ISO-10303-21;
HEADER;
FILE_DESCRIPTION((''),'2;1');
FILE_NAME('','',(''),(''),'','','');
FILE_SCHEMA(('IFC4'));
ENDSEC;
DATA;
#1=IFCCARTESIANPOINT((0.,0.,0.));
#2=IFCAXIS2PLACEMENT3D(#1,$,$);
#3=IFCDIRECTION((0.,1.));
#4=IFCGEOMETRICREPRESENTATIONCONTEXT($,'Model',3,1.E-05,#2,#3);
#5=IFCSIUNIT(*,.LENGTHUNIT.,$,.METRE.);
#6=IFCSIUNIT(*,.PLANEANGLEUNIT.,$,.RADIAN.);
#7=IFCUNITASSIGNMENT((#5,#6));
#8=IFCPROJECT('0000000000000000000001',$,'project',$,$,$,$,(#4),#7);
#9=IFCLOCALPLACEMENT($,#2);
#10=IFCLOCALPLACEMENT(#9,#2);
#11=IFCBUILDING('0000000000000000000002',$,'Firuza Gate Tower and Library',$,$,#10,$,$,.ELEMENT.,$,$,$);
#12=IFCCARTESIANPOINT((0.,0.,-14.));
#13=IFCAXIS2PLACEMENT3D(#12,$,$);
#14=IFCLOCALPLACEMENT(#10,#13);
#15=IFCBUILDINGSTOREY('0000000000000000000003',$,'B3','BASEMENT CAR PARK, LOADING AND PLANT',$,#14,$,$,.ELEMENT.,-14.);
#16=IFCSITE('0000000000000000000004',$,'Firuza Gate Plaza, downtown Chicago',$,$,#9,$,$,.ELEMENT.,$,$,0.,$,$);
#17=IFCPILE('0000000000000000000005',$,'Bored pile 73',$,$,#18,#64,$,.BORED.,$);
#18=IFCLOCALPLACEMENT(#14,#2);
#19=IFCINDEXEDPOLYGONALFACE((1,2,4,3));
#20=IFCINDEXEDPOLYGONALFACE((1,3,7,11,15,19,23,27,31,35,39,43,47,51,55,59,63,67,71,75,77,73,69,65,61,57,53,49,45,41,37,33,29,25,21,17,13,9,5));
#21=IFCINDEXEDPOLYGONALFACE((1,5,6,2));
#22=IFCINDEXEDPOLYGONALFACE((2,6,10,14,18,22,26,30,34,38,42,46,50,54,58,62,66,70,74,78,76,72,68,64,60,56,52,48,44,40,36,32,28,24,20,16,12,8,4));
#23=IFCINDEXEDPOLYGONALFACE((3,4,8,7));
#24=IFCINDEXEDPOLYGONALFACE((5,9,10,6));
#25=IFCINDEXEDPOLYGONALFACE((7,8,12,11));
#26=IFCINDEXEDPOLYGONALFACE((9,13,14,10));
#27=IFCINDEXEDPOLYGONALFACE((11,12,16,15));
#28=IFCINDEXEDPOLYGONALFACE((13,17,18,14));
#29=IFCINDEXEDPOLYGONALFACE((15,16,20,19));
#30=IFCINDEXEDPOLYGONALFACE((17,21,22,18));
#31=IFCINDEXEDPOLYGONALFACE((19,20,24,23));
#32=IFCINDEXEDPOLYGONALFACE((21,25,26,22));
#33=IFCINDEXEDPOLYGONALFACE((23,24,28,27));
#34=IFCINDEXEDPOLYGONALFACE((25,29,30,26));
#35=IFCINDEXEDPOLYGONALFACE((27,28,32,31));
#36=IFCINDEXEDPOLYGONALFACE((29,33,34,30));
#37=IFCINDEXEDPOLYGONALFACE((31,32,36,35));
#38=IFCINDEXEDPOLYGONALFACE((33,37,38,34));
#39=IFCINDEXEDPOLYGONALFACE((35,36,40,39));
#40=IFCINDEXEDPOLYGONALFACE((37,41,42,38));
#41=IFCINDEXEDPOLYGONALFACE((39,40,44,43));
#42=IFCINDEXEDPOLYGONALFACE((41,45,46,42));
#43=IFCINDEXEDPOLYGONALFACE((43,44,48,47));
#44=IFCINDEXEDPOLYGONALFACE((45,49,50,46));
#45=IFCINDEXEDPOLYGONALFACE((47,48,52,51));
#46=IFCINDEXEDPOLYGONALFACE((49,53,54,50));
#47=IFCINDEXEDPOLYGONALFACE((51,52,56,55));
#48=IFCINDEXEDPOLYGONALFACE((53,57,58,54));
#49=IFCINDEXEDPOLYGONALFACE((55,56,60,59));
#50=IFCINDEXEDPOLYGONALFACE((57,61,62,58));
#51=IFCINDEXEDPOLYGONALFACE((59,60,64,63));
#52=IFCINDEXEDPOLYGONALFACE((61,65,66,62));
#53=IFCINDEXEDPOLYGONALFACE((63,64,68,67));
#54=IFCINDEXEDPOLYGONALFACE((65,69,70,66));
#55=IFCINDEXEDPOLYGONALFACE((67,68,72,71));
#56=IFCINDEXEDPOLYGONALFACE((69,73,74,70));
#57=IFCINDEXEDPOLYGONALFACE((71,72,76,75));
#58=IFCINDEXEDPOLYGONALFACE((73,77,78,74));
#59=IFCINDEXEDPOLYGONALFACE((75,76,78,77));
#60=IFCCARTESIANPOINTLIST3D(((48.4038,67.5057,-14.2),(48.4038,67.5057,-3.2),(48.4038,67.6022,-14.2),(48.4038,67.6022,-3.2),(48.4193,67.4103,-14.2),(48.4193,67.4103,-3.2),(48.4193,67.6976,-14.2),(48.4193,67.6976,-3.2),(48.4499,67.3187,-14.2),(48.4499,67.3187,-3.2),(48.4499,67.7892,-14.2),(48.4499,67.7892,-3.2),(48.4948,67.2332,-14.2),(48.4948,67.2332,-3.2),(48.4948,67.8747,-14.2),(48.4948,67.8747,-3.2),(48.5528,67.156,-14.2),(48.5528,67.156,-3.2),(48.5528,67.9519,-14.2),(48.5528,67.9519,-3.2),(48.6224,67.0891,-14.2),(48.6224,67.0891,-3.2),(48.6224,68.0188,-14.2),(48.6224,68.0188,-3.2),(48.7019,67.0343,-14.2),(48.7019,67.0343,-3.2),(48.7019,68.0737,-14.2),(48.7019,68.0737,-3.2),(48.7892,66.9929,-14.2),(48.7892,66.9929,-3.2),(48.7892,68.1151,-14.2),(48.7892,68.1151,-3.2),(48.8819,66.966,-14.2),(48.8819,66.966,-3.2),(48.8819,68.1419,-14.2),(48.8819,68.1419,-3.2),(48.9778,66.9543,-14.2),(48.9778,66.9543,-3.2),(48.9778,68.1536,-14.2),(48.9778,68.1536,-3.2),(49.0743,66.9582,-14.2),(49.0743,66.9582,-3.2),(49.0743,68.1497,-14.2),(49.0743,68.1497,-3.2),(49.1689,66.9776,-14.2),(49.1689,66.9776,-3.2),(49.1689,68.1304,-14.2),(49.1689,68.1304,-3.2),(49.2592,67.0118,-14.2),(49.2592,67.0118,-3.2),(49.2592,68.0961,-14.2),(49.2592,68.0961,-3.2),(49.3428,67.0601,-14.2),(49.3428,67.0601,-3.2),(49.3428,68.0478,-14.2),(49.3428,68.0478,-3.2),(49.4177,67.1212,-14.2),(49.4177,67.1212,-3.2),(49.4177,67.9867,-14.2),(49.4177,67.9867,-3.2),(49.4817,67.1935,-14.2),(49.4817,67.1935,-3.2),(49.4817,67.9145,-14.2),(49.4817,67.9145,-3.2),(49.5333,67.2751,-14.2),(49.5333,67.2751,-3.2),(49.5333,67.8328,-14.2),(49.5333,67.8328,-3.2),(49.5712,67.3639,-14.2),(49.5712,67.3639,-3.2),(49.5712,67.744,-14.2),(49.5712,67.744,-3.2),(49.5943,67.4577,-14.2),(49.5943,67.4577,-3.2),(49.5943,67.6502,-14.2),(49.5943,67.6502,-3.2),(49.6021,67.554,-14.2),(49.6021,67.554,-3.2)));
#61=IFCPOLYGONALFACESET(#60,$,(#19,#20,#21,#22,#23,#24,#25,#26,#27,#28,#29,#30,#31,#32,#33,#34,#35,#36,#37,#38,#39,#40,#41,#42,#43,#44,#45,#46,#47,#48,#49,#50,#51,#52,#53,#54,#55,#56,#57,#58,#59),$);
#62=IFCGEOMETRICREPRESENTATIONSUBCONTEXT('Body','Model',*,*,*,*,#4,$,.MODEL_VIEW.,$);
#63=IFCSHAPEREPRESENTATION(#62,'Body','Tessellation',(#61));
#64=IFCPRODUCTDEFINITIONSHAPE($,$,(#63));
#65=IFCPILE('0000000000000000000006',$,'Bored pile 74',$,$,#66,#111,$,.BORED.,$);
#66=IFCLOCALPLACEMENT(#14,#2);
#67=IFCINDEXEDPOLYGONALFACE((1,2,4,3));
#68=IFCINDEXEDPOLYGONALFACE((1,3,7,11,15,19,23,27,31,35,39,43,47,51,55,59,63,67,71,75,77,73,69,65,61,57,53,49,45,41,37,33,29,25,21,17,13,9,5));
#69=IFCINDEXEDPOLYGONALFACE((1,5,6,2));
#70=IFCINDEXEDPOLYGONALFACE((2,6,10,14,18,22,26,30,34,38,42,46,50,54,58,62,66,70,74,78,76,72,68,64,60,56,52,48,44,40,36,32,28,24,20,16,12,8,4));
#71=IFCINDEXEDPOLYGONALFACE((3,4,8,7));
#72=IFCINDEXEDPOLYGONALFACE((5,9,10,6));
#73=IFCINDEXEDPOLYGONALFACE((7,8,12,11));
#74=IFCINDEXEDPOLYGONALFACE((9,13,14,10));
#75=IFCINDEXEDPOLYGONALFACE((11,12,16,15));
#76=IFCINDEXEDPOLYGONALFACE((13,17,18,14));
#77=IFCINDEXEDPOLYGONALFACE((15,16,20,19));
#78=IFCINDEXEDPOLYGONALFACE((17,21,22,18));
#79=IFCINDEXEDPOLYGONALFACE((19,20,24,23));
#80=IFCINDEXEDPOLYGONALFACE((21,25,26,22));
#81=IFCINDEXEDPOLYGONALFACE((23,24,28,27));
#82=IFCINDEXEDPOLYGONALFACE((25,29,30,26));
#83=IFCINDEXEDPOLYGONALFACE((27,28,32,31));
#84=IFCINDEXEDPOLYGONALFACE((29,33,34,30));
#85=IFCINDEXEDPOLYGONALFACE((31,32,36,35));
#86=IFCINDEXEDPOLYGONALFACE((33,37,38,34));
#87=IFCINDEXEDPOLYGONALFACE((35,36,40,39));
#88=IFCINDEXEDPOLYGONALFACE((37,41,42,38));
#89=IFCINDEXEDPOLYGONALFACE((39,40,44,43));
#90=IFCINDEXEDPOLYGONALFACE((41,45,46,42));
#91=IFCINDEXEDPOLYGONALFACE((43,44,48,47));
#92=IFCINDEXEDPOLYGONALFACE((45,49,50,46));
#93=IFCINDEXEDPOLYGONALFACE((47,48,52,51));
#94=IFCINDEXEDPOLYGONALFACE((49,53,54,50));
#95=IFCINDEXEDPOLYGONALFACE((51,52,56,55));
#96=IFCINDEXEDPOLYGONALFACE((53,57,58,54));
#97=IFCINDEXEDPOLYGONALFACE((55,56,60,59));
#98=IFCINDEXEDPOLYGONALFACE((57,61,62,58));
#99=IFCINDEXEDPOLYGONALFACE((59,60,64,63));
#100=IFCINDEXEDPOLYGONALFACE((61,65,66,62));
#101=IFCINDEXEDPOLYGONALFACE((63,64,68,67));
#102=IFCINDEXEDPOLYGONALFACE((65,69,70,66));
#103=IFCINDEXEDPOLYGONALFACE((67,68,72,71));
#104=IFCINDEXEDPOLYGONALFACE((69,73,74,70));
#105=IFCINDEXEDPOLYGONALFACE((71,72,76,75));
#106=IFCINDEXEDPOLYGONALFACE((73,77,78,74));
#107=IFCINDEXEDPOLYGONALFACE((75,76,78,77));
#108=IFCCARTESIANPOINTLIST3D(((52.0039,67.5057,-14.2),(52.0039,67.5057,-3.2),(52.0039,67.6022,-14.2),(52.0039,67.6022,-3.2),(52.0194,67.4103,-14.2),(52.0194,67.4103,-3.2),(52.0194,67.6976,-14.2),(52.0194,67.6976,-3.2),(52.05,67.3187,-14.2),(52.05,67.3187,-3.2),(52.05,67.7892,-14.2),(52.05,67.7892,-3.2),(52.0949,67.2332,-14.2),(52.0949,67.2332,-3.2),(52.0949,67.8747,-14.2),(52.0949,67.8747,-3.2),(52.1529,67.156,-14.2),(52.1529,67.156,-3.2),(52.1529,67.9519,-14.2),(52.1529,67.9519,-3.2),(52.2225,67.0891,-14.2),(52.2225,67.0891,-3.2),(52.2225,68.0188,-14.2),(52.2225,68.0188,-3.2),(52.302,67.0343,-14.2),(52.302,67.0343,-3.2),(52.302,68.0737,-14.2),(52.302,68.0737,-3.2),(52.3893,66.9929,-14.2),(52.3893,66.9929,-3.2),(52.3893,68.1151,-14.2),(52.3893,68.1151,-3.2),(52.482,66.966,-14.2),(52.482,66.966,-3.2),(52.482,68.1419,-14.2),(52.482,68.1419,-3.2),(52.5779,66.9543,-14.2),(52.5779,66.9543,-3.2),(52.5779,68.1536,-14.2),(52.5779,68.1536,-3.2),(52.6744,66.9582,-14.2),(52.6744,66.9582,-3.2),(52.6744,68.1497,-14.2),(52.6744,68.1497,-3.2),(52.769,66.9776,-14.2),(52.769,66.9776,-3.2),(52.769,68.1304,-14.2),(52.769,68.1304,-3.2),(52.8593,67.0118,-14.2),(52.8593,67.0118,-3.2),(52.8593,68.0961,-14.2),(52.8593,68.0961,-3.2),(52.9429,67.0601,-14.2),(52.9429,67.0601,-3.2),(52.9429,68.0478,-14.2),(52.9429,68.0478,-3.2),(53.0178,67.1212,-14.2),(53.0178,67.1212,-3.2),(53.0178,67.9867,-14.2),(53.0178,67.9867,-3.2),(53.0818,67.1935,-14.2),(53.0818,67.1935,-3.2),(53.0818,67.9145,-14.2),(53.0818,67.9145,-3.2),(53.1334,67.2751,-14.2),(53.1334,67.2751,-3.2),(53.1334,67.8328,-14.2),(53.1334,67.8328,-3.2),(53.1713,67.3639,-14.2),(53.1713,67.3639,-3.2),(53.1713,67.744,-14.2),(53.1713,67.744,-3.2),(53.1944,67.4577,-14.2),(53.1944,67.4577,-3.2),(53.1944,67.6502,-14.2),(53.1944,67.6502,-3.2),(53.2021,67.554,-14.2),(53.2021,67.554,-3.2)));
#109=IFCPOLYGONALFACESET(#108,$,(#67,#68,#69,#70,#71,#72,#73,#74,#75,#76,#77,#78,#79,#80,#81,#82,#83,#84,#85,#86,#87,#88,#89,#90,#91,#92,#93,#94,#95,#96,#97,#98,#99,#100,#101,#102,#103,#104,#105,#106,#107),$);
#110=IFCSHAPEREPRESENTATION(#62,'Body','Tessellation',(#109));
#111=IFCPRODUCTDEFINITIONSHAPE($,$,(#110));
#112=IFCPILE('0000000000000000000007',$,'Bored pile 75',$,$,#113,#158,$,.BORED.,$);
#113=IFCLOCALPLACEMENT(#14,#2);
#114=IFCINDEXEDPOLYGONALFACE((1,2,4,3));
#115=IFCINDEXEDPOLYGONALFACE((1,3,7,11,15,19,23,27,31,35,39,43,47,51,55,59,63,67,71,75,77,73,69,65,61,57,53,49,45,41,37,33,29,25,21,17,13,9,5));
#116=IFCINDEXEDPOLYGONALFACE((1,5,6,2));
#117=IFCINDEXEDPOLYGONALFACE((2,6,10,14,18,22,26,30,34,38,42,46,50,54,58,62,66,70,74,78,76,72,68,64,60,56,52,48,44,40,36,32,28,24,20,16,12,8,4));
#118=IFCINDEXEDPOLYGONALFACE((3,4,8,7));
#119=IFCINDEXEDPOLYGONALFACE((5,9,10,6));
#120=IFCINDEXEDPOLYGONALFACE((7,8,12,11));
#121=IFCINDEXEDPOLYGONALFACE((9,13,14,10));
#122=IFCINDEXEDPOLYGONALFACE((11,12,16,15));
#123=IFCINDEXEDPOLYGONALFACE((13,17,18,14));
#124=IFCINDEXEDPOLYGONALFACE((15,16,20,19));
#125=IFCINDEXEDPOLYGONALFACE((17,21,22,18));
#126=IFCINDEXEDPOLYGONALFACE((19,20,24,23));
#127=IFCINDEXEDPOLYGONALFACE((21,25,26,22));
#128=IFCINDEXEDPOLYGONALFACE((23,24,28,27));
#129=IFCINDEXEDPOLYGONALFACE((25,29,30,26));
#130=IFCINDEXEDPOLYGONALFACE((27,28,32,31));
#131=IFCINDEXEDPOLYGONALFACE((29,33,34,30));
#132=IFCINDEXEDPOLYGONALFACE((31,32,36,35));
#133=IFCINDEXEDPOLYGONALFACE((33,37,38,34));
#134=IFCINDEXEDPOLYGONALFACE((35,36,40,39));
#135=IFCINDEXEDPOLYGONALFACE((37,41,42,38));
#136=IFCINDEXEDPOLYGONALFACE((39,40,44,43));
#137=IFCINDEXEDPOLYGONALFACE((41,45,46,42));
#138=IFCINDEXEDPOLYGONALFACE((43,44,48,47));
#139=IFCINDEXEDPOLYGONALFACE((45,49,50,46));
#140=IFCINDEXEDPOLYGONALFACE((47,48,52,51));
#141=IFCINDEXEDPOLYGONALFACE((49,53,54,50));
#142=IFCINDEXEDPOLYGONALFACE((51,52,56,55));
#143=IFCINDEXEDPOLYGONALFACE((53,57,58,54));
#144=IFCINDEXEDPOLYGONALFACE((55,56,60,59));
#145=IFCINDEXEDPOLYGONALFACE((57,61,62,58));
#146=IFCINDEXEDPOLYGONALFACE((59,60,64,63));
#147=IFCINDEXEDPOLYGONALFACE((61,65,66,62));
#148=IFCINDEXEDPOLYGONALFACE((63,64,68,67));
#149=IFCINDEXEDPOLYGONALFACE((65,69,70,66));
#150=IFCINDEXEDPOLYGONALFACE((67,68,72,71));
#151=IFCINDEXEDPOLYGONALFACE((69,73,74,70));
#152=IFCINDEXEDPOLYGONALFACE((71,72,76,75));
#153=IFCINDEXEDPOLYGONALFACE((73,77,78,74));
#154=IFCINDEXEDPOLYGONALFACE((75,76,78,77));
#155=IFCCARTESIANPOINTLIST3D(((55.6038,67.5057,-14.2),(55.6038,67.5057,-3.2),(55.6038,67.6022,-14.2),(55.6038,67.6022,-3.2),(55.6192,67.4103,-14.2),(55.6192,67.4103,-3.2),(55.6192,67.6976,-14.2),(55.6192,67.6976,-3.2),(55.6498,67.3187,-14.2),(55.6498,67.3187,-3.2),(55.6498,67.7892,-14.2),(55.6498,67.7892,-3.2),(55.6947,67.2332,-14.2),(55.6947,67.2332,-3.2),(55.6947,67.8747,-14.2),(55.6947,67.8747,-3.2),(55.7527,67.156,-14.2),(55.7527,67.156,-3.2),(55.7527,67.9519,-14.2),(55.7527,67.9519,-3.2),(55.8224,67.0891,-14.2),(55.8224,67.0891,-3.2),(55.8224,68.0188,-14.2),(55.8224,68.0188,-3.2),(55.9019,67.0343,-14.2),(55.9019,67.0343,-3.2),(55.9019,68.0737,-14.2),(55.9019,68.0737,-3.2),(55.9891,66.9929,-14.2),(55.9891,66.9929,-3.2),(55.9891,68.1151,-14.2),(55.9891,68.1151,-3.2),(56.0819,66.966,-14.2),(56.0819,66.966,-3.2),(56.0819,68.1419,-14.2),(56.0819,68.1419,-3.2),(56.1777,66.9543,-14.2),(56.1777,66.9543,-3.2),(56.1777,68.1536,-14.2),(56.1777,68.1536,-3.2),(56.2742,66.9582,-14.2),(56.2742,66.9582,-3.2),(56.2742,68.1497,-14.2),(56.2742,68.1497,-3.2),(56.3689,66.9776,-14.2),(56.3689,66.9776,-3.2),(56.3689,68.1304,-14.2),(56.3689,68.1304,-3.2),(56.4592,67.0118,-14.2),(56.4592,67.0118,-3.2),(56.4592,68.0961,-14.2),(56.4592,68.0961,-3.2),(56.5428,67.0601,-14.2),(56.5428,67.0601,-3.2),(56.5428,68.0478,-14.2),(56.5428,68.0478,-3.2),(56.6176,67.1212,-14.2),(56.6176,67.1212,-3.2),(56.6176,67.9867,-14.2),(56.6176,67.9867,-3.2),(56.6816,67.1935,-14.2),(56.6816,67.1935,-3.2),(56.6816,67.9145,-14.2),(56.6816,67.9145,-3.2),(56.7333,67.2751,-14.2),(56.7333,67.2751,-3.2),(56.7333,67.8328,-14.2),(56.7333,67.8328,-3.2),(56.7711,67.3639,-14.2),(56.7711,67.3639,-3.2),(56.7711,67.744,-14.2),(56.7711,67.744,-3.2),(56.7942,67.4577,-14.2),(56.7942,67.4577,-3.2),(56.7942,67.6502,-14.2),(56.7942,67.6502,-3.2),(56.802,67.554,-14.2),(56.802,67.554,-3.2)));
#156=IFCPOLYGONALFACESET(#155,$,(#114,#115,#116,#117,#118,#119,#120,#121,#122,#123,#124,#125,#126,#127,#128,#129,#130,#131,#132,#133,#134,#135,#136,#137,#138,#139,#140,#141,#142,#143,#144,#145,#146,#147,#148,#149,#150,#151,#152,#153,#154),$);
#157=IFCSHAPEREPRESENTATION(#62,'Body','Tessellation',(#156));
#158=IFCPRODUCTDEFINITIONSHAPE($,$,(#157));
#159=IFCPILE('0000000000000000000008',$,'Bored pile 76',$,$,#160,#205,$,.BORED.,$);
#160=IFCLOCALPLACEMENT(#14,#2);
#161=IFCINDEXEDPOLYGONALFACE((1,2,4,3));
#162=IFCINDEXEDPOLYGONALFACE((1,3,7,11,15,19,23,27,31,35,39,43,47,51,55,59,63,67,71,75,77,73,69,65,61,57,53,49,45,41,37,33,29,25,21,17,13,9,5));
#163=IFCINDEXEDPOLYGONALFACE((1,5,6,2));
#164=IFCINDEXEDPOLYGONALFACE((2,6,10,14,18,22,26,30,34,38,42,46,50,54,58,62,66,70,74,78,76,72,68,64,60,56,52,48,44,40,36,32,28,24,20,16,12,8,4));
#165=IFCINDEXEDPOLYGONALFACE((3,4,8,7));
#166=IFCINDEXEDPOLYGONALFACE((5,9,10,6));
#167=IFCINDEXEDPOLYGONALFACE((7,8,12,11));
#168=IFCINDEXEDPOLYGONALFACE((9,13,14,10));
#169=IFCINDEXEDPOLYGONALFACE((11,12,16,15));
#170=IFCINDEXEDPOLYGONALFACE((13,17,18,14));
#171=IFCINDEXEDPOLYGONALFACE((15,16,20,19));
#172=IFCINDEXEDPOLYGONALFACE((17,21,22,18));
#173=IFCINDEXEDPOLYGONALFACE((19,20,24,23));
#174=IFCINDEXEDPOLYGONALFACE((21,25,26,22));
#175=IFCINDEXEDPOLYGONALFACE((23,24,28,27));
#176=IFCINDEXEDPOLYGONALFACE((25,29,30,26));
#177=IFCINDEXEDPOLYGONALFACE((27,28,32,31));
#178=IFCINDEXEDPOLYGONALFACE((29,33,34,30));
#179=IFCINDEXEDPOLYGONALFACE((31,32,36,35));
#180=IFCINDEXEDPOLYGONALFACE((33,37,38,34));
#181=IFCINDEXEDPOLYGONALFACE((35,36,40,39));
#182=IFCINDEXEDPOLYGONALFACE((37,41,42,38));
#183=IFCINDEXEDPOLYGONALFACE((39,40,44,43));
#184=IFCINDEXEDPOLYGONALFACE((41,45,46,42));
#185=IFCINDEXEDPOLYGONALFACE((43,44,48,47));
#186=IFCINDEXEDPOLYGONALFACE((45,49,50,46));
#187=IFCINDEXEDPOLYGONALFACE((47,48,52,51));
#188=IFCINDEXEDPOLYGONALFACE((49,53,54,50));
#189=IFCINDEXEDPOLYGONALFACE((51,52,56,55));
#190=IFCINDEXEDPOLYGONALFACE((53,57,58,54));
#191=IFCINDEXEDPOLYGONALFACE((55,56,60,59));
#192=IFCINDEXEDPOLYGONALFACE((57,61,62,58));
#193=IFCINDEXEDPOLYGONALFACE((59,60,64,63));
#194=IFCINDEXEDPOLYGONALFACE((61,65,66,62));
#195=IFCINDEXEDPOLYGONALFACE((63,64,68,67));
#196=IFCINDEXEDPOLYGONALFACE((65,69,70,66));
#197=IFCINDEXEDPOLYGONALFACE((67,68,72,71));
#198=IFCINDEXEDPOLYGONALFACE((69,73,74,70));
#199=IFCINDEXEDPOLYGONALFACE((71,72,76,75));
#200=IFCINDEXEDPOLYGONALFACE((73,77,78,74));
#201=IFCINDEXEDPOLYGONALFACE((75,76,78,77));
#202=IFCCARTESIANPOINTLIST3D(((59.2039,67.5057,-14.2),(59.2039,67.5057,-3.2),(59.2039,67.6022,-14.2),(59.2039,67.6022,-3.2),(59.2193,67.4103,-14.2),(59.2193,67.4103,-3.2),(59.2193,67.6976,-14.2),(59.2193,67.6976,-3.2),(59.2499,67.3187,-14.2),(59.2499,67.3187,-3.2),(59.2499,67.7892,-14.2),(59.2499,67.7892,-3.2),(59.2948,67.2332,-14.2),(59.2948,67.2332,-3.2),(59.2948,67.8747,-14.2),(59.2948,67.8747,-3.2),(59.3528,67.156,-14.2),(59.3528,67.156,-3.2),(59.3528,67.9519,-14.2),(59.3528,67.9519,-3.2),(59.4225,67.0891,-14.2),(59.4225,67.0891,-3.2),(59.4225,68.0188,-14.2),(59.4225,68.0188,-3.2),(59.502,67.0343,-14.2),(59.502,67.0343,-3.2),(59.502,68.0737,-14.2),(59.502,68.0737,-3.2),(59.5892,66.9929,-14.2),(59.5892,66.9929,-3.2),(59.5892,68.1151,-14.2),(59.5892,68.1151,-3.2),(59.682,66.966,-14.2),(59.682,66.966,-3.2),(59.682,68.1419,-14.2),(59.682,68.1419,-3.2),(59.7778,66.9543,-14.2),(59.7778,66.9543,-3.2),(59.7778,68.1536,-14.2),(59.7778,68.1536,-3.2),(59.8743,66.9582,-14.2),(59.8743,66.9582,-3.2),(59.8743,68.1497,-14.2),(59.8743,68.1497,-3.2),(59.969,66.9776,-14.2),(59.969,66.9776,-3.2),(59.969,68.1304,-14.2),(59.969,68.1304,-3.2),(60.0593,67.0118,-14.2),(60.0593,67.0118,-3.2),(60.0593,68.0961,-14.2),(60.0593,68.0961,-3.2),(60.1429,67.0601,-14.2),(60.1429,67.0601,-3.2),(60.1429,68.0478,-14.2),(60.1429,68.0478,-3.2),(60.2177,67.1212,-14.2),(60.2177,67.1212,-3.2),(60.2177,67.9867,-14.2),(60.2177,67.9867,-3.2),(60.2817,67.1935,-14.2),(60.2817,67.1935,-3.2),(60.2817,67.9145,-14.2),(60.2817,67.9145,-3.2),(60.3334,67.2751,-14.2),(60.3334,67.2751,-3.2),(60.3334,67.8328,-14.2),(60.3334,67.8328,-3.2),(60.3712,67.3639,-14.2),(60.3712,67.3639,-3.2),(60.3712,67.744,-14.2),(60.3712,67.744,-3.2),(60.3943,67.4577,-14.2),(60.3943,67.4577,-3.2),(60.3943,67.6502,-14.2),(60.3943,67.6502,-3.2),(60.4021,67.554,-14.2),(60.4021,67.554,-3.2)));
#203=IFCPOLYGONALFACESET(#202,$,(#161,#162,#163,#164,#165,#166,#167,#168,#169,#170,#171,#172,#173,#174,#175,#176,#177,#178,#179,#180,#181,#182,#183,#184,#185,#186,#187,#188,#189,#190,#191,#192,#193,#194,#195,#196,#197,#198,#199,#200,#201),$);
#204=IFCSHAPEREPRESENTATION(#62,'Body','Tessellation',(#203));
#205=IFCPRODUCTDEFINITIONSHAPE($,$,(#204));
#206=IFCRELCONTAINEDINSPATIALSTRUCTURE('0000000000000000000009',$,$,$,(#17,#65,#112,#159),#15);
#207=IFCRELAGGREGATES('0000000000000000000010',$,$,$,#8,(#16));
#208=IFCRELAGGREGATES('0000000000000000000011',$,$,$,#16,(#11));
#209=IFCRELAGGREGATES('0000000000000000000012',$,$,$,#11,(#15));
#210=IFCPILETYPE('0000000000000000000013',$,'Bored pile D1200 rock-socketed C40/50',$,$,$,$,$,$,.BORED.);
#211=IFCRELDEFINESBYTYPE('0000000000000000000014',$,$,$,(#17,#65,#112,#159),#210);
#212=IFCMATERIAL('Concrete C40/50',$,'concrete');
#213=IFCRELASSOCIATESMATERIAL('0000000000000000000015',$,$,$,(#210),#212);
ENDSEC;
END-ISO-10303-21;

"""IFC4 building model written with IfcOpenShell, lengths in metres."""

from ifc_helpers import new_model, si_unit, direction, frame, origin, origin_2d, place, context, subcontext, project, spatial, circle, extrude, material, material_profile, profile_set, type_object, element, save


model = new_model("IFC4")

# Units and contexts
model_context = context("Model", 3, precision=1e-05, world=origin(), true_north=direction((0.0, 1.0)))
body_context = subcontext(model_context, "Body", "Model", "MODEL_VIEW")
ifc_project = project(units=[si_unit("LENGTHUNIT", "METRE"), si_unit("PLANEANGLEUNIT", "RADIAN")], contexts=[model_context])

# Site, building, storey
site_placement = place(None, origin())
site = spatial("IfcSite", under=ifc_project, at=site_placement, Name="Firuza Gate Plaza, downtown Chicago", CompositionType="ELEMENT", RefElevation=0.0)
building_placement = place(site_placement, origin())
building = spatial("IfcBuilding", under=site, at=building_placement, Name="Firuza Gate Tower and Library", CompositionType="ELEMENT")
storey_placement = place(building_placement, frame((0.0, 0.0, -14.0)))
storey = spatial("IfcBuildingStorey", under=building, at=storey_placement, Name="B3", Description="BASEMENT CAR PARK, LOADING AND PLANT", CompositionType="ELEMENT", Elevation=-14.0)

# Piles
ifc_material_1 = material(Name="Concrete C40/50", Category="concrete")
ifc_material_profile_1 = material_profile(ifc_material_1, circle(Radius=0.6001, at=origin_2d()))
ifc_profile_set_1 = profile_set([ifc_material_profile_1], Name="Concrete C40/50")
pile_type = type_object("IfcPileType", Name="Bored pile D1200 rock-socketed C40/50", PredefinedType="BORED", material=ifc_profile_set_1)
for number, where, z_axis, x_axis, name in (
    (1, (49.002, 67.554, -3.2), (0.0, 0.0, -1.0), (1.0, 0.0, 0.0), "Bored pile 73"),
    (2, (52.6021, 67.554, -3.2), (0.0, 0.0, -1.0), (1.0, 0.0, 0.0), "Bored pile 74"),
    (3, (56.2019, 67.554, -3.2), (0.0, 0.0, -1.0), (1.0, 0.0, 0.0), "Bored pile 75"),
    (4, (59.802, 67.554, -3.2), (0.0, 0.0, -1.0), (1.0, 0.0, 0.0), "Bored pile 76"),
):
    element("IfcPile", number, at=place(storey_placement, frame(where, z_axis=z_axis, x_axis=x_axis)), inside=storey, type_object=pile_type, Name=name, PredefinedType="BORED", context=body_context, shape_type="SweptSolid", body=[
        extrude(circle(Radius=0.6001, at=origin_2d()), origin(), (0.0, 0.0, 1.0), 11.0),
    ])

save(model, "model.ifc")
